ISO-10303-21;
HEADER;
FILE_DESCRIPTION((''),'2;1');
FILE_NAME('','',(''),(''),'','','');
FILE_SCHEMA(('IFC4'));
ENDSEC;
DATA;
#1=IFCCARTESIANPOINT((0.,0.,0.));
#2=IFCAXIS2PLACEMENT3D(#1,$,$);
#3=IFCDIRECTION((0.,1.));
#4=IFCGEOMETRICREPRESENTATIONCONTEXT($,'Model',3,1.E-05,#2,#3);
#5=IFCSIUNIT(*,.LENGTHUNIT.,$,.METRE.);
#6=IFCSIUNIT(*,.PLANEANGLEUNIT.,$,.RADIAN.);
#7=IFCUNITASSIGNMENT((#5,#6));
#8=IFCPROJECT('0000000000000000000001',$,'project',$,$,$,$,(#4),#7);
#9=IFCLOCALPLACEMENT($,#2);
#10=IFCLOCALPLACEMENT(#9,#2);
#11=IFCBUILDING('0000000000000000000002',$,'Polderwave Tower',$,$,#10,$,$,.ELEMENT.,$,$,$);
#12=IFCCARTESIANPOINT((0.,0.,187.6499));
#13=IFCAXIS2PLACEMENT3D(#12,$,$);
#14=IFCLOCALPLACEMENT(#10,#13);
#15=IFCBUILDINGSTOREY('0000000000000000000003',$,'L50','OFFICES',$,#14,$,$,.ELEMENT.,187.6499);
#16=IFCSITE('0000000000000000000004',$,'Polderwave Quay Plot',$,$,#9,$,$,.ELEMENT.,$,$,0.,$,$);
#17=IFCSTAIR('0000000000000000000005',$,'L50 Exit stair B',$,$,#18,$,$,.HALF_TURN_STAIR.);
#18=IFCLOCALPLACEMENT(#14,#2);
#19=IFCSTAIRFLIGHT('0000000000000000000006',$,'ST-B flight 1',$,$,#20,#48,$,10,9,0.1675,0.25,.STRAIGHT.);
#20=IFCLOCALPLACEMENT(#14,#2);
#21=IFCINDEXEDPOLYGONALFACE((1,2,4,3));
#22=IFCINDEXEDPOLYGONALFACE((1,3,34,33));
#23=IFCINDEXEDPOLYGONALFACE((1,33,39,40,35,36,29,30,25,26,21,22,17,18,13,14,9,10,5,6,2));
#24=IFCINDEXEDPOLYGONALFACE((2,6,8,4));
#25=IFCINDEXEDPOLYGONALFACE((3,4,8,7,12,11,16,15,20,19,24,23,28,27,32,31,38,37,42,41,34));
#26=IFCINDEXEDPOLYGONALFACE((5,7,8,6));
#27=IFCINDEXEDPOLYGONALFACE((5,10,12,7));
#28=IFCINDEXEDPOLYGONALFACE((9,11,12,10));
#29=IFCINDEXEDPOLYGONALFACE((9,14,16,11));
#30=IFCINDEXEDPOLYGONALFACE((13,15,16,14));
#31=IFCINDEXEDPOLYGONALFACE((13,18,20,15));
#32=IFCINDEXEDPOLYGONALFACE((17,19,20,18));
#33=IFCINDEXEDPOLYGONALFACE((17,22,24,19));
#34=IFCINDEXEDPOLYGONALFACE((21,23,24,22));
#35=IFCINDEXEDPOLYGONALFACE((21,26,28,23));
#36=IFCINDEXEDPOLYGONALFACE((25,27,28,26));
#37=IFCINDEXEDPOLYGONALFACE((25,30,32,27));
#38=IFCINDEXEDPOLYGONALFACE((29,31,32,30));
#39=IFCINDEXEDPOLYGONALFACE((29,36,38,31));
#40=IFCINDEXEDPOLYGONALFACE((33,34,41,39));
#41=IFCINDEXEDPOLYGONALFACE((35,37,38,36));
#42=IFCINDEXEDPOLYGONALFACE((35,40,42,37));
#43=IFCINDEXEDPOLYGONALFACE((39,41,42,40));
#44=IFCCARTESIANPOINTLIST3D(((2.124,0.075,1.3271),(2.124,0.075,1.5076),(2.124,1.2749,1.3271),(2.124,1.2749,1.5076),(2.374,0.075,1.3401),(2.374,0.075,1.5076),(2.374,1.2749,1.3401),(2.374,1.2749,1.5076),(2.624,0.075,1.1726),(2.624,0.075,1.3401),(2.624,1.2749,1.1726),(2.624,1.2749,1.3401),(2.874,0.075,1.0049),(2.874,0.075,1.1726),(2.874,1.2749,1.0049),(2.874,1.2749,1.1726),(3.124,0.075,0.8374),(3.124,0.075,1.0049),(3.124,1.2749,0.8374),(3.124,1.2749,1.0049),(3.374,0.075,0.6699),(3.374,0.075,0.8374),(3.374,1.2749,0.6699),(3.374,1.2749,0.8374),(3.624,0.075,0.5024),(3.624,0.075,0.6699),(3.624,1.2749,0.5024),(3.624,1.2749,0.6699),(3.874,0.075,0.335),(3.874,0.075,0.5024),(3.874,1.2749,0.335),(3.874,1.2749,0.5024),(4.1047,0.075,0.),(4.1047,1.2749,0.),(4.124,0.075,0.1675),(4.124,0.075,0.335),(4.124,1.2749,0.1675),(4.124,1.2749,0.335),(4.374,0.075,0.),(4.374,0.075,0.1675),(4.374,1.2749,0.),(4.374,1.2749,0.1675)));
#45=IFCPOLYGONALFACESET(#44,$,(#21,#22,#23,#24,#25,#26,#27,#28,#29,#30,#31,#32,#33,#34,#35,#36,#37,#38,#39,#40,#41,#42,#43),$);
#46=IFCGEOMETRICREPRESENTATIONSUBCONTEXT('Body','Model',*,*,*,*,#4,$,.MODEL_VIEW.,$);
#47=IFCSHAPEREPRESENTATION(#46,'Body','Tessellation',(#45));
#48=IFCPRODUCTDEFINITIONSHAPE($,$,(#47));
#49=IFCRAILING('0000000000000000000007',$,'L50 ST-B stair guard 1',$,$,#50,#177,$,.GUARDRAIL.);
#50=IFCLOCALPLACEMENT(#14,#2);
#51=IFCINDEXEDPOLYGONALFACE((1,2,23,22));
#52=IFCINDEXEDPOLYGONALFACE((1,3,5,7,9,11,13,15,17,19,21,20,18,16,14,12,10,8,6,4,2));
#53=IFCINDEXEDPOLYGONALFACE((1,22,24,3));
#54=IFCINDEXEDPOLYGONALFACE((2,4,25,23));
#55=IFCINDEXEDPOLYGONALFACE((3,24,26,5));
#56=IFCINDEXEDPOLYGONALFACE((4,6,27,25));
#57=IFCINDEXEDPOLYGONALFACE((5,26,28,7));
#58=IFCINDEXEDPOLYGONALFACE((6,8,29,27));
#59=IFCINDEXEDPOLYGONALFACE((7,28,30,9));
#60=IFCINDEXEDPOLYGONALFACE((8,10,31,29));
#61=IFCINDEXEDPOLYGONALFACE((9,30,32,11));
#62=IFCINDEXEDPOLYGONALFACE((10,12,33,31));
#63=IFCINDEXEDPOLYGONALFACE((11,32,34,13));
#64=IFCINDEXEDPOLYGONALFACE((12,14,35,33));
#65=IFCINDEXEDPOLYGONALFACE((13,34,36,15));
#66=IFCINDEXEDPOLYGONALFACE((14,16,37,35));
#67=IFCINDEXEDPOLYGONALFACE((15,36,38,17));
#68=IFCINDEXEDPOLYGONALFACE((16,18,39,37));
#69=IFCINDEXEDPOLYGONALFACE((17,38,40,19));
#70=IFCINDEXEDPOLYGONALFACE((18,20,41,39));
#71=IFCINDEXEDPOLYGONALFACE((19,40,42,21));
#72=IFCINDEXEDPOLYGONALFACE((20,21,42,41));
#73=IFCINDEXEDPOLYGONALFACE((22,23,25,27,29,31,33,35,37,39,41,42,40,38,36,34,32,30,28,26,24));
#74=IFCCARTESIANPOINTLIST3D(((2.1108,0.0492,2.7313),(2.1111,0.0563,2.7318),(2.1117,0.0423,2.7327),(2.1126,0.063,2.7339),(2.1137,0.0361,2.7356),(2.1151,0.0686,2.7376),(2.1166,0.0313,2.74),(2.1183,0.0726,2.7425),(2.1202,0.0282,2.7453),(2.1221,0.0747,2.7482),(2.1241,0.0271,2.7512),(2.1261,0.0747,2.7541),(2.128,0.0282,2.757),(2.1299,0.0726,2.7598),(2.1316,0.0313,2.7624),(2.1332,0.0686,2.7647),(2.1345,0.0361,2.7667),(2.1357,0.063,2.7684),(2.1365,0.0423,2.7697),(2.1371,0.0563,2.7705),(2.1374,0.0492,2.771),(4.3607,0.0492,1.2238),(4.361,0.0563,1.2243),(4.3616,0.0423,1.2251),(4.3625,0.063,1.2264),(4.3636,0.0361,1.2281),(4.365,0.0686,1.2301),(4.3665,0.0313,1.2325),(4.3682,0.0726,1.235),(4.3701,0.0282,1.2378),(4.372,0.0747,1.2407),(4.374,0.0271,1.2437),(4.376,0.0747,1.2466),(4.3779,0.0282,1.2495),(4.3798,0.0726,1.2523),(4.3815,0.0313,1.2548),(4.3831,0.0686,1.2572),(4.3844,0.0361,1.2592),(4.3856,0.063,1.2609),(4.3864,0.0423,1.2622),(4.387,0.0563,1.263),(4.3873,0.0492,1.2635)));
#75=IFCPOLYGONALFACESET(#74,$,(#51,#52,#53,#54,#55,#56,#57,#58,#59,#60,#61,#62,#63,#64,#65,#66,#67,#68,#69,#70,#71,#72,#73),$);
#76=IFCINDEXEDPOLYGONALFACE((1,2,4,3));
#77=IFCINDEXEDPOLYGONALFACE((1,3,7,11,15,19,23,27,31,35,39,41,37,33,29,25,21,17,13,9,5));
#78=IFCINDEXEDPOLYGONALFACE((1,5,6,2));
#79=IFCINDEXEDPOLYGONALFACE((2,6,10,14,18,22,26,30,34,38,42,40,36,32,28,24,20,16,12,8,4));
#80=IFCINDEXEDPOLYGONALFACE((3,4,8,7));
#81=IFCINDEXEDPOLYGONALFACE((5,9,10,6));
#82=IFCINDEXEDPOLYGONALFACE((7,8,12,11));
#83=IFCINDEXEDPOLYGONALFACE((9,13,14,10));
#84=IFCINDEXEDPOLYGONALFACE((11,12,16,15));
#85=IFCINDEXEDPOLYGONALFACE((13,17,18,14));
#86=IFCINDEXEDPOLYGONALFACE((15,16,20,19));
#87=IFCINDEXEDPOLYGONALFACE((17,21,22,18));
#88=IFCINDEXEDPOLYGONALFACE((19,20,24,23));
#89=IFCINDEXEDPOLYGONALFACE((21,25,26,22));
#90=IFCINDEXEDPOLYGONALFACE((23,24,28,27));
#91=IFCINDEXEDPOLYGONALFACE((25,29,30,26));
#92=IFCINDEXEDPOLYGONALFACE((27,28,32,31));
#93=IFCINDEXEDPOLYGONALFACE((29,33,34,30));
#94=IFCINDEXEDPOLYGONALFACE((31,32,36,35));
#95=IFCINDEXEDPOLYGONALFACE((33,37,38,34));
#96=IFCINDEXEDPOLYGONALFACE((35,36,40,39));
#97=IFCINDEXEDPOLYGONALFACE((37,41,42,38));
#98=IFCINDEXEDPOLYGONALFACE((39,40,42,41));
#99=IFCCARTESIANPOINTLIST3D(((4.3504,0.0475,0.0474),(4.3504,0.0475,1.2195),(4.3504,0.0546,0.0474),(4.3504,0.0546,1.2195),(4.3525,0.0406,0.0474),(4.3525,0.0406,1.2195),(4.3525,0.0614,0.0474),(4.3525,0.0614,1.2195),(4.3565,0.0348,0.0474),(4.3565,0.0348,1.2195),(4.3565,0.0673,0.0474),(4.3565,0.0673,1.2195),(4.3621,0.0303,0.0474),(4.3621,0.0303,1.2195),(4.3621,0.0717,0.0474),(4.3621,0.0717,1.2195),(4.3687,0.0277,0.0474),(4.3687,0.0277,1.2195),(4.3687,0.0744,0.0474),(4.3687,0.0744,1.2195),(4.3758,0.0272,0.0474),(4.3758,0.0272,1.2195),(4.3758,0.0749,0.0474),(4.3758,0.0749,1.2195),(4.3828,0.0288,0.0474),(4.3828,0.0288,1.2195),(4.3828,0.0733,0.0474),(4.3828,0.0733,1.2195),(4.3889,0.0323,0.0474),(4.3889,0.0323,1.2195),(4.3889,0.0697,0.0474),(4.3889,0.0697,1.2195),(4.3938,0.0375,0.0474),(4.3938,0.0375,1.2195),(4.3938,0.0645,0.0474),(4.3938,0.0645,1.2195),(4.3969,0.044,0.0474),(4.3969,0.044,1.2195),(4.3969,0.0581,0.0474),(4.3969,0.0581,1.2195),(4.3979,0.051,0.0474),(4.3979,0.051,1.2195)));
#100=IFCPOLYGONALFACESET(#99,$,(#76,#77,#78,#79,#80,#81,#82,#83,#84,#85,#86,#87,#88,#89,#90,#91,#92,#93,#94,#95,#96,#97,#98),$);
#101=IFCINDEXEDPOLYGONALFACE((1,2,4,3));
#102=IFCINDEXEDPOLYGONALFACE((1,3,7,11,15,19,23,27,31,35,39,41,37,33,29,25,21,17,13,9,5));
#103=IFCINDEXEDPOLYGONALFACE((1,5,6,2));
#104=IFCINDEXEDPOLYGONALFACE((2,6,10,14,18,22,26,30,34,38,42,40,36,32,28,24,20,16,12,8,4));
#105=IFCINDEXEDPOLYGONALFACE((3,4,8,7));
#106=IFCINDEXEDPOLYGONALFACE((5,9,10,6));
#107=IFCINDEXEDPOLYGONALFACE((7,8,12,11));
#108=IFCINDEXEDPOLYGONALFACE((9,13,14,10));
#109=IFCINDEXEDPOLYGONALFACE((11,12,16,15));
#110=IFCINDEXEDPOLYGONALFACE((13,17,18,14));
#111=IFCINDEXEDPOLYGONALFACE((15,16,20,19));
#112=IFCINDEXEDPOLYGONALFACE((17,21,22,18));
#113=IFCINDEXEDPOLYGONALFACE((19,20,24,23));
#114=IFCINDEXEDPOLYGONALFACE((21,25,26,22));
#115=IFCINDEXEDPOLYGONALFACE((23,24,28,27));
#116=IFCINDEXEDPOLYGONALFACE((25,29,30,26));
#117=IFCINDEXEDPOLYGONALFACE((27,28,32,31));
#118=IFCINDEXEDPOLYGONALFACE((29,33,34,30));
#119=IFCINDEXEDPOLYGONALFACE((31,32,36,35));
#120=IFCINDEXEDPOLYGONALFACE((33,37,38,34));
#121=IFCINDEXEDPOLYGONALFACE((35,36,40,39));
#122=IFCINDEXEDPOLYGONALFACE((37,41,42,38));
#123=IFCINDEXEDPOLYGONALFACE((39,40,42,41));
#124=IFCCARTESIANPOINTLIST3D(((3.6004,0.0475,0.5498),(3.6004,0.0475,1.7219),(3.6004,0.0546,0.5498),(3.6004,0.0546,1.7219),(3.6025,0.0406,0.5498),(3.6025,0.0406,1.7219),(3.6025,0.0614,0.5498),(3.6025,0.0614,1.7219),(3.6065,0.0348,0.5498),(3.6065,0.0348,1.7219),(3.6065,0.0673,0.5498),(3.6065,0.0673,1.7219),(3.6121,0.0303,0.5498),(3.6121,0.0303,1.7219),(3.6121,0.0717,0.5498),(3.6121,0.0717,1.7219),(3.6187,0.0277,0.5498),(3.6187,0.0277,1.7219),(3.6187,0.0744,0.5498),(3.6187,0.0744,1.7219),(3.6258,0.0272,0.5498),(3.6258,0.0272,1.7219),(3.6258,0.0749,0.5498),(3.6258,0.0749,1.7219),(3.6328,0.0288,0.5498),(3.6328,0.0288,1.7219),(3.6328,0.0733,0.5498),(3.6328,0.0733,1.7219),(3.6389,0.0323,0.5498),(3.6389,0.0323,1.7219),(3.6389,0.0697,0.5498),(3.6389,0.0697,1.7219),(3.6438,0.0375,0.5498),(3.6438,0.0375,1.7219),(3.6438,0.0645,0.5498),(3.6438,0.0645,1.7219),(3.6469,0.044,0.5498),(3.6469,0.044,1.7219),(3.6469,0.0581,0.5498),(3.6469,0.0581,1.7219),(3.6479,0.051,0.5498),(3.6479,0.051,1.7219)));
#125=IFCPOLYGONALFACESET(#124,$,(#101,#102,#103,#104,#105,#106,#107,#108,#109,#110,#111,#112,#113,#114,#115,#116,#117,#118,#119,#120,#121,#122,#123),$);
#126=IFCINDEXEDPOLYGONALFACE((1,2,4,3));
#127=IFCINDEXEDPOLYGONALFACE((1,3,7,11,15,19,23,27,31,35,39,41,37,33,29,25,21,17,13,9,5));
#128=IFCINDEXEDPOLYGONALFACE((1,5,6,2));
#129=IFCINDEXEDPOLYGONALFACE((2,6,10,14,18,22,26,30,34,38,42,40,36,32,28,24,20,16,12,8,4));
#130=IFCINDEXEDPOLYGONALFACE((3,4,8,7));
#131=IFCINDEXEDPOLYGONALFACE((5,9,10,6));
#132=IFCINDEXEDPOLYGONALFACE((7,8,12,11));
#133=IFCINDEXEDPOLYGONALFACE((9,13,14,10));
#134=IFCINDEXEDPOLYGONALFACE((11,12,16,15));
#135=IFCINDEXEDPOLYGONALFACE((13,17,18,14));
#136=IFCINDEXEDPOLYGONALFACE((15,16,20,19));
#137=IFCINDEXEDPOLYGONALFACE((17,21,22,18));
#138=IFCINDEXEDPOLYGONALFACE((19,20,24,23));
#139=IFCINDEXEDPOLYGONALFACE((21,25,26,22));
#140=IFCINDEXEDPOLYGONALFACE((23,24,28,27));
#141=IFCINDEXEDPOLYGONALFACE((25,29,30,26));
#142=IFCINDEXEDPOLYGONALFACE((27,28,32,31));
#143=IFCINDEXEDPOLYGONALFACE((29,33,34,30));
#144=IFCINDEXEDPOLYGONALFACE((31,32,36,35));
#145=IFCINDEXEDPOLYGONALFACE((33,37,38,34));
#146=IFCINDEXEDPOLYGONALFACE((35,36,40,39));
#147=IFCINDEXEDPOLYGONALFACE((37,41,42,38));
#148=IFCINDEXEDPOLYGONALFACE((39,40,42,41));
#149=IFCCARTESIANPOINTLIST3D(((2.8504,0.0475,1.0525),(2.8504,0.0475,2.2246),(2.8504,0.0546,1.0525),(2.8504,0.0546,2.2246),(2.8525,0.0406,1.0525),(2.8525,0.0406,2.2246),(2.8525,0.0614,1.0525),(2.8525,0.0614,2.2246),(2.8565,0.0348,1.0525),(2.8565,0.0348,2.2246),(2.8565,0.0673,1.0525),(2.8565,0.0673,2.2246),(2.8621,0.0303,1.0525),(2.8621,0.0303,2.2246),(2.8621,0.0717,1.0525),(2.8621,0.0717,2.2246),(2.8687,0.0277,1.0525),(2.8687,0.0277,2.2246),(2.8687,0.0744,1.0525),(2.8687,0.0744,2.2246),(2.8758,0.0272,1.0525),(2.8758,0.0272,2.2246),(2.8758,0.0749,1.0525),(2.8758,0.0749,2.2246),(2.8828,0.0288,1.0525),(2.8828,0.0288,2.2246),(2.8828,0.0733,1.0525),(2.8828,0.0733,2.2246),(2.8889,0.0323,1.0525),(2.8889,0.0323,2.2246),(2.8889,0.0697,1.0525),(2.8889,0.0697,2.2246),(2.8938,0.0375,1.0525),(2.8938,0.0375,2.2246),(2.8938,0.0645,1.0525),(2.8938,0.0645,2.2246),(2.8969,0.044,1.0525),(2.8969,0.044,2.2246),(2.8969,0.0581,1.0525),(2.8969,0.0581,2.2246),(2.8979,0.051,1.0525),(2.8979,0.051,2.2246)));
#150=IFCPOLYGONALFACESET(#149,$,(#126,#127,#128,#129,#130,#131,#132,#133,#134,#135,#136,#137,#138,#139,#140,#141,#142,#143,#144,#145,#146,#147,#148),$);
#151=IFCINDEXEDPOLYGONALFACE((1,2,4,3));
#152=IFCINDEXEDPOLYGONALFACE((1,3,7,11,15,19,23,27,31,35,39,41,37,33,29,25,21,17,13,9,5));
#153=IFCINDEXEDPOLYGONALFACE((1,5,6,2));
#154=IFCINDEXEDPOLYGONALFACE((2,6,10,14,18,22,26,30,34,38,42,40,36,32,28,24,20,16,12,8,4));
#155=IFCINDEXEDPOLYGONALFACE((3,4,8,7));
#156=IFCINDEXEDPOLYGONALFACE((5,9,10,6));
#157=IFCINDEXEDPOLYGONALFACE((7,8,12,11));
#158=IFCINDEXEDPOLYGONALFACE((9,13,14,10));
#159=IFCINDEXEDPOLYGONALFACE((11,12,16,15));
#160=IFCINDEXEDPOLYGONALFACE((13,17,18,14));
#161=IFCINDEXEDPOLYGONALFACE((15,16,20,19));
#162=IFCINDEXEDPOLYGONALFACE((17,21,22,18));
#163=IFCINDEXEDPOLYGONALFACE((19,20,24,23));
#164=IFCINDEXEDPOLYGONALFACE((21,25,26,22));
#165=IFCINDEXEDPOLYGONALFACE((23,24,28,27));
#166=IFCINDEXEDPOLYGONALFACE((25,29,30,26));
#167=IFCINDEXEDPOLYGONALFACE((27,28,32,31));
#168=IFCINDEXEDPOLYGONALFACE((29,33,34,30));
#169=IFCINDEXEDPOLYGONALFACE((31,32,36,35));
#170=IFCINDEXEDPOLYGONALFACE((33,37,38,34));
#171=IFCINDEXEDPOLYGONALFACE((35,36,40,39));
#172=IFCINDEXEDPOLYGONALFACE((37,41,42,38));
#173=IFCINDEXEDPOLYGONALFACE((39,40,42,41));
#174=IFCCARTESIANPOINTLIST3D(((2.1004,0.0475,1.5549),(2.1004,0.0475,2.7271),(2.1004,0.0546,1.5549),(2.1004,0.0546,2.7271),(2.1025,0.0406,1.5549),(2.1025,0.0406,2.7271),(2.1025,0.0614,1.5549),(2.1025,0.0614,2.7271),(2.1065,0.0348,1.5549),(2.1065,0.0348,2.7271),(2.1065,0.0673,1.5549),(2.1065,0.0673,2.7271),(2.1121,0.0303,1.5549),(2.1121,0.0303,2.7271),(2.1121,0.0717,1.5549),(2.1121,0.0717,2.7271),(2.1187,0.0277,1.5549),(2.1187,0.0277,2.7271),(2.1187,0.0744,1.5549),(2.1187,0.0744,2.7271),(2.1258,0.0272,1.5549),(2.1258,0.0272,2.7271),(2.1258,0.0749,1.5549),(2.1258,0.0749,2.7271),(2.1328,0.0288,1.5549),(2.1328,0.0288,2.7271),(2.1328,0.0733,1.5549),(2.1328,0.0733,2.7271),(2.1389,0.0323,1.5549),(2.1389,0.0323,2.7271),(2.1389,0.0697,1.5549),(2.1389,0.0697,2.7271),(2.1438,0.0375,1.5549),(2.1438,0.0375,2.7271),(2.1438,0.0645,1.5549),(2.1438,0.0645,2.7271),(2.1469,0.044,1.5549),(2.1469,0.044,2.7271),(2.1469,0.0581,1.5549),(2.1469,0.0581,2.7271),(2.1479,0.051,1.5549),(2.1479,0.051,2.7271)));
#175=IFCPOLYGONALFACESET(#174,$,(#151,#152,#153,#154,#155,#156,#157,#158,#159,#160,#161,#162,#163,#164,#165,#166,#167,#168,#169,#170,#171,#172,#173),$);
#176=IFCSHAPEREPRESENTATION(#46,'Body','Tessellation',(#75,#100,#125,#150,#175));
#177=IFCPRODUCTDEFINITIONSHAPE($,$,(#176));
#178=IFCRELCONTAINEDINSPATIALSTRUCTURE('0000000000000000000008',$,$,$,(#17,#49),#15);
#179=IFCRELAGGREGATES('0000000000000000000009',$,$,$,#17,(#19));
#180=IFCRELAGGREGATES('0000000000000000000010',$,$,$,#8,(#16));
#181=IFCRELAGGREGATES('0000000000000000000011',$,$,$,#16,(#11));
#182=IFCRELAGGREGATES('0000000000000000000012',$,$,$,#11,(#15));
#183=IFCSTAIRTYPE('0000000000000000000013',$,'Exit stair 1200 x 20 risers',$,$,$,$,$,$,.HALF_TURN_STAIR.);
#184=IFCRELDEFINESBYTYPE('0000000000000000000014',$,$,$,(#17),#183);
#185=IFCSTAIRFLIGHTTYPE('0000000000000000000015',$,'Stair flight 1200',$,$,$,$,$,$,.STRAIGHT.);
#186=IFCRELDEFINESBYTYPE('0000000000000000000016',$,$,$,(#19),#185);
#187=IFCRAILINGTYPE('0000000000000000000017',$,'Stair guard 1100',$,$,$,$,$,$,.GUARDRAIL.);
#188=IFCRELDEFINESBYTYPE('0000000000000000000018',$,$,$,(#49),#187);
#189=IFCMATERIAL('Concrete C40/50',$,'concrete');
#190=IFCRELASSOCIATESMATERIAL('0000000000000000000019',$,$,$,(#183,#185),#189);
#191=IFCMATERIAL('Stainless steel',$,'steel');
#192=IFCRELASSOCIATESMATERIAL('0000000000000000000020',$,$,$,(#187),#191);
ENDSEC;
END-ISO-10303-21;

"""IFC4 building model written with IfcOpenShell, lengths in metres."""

from ifc_helpers import new_model, si_unit, direction, frame, origin, origin_2d, place, context, subcontext, project, spatial, polyline, circle, outline, extrude, material, type_object, element, aggregate, save


model = new_model("IFC4")

# Units and contexts
model_context = context("Model", 3, precision=1e-05, world=origin(), true_north=direction((0.0, 1.0)))
body_context = subcontext(model_context, "Body", "Model", "MODEL_VIEW")
ifc_project = project(units=[si_unit("LENGTHUNIT", "METRE"), si_unit("PLANEANGLEUNIT", "RADIAN")], contexts=[model_context])

# Site, building, storey
site_placement = place(None, origin())
site = spatial("IfcSite", under=ifc_project, at=site_placement, Name="Polderwave Quay Plot", CompositionType="ELEMENT", RefElevation=0.0)
building_placement = place(site_placement, origin())
building = spatial("IfcBuilding", under=site, at=building_placement, Name="Polderwave Tower", CompositionType="ELEMENT")
storey_placement = place(building_placement, frame((0.0, 0.0, 187.6499)))
storey = spatial("IfcBuildingStorey", under=building, at=storey_placement, Name="L50", Description="OFFICES", CompositionType="ELEMENT", Elevation=187.6499)

# Stair, stair flight
ifc_material_1 = material(Name="Concrete C40/50", Category="concrete")
stair_type = type_object("IfcStairType", Name="Exit stair 1200 x 20 risers", PredefinedType="HALF_TURN_STAIR", material=ifc_material_1)
stair_placement = place(storey_placement, origin())
stair = element("IfcStair", 1, at=stair_placement, inside=storey, type_object=stair_type, Name="L50 Exit stair B", PredefinedType="HALF_TURN_STAIR")
stair_flight_type = type_object("IfcStairFlightType", Name="Stair flight 1200", PredefinedType="STRAIGHT", material=ifc_material_1)
stair_flight_placement = place(storey_placement, frame((4.374, 0.675, 0.0), z_axis=(0.0, 0.0, 1.0), x_axis=(-1.0, 0.0, 0.0)))
stair_flight = element("IfcStairFlight", 2, at=stair_flight_placement, type_object=stair_flight_type, Name="ST-B flight 1", NumberOfRisers=10, NumberOfTreads=9, PredefinedType="STRAIGHT", RiserHeight=0.1675, TreadLength=0.25, context=body_context, shape_type="SweptSolid", body=[
    extrude(outline(polyline([(0.0, 0.0), (0.0, 0.1675), (0.25, 0.1675), (0.25, 0.335), (0.5, 0.335), (0.5, 0.5024), (0.75, 0.5024), (0.75, 0.6699), (1.0, 0.6699), (1.0, 0.8374), (1.25, 0.8374), (1.25, 1.0049), (1.5, 1.0049), (1.5, 1.1726), (1.75, 1.1726), (1.75, 1.3401), (2.0, 1.3401), (2.0, 1.5076), (2.25, 1.5076), (2.25, 1.675), (2.25, 1.3271), (0.2693, 0.0), (0.0, 0.0)])), frame((0.0, 0.6001, 0.0), z_axis=(0.0, -1.0, 0.0), x_axis=(1.0, 0.0, 0.0)), (0.0, 0.0, 1.0), 1.2),
])
aggregate(stair, [stair_flight])

# Railing
ifc_material_2 = material(Name="Stainless steel", Category="steel")
railing_type_1 = type_object("IfcRailingType", Name="Stair guard 1100", PredefinedType="GUARDRAIL", material=ifc_material_2)
railing_1_placement = place(storey_placement, frame((4.374, 0.051, 0.0474)))
element("IfcRailing", 3, at=railing_1_placement, inside=storey, type_object=railing_type_1, Name="L50 ST-B stair guard 1", PredefinedType="GUARDRAIL", context=body_context, shape_type="SweptSolid", body=[
    extrude(circle(Radius=0.0239, at=origin_2d()), frame((0.0, 0.0, 1.1963), z_axis=(-0.830758, 0.0, 0.556633), x_axis=(0.0, -1.0, 0.0)), (0.0, 0.0, 1.0), 2.7083),
    extrude(circle(Radius=0.0239, at=origin_2d()), origin(), (0.0, 0.0, 1.0), 1.1721),
    extrude(circle(Radius=0.0239, at=origin_2d()), frame((-0.75, 0.0, 0.5024)), (0.0, 0.0, 1.0), 1.1721),
    extrude(circle(Radius=0.0239, at=origin_2d()), frame((-1.5, 0.0, 1.0051)), (0.0, 0.0, 1.0), 1.1721),
    extrude(circle(Radius=0.0239, at=origin_2d()), frame((-2.25, 0.0, 1.5076)), (0.0, 0.0, 1.0), 1.1721),
])

save(model, "model.ifc")
